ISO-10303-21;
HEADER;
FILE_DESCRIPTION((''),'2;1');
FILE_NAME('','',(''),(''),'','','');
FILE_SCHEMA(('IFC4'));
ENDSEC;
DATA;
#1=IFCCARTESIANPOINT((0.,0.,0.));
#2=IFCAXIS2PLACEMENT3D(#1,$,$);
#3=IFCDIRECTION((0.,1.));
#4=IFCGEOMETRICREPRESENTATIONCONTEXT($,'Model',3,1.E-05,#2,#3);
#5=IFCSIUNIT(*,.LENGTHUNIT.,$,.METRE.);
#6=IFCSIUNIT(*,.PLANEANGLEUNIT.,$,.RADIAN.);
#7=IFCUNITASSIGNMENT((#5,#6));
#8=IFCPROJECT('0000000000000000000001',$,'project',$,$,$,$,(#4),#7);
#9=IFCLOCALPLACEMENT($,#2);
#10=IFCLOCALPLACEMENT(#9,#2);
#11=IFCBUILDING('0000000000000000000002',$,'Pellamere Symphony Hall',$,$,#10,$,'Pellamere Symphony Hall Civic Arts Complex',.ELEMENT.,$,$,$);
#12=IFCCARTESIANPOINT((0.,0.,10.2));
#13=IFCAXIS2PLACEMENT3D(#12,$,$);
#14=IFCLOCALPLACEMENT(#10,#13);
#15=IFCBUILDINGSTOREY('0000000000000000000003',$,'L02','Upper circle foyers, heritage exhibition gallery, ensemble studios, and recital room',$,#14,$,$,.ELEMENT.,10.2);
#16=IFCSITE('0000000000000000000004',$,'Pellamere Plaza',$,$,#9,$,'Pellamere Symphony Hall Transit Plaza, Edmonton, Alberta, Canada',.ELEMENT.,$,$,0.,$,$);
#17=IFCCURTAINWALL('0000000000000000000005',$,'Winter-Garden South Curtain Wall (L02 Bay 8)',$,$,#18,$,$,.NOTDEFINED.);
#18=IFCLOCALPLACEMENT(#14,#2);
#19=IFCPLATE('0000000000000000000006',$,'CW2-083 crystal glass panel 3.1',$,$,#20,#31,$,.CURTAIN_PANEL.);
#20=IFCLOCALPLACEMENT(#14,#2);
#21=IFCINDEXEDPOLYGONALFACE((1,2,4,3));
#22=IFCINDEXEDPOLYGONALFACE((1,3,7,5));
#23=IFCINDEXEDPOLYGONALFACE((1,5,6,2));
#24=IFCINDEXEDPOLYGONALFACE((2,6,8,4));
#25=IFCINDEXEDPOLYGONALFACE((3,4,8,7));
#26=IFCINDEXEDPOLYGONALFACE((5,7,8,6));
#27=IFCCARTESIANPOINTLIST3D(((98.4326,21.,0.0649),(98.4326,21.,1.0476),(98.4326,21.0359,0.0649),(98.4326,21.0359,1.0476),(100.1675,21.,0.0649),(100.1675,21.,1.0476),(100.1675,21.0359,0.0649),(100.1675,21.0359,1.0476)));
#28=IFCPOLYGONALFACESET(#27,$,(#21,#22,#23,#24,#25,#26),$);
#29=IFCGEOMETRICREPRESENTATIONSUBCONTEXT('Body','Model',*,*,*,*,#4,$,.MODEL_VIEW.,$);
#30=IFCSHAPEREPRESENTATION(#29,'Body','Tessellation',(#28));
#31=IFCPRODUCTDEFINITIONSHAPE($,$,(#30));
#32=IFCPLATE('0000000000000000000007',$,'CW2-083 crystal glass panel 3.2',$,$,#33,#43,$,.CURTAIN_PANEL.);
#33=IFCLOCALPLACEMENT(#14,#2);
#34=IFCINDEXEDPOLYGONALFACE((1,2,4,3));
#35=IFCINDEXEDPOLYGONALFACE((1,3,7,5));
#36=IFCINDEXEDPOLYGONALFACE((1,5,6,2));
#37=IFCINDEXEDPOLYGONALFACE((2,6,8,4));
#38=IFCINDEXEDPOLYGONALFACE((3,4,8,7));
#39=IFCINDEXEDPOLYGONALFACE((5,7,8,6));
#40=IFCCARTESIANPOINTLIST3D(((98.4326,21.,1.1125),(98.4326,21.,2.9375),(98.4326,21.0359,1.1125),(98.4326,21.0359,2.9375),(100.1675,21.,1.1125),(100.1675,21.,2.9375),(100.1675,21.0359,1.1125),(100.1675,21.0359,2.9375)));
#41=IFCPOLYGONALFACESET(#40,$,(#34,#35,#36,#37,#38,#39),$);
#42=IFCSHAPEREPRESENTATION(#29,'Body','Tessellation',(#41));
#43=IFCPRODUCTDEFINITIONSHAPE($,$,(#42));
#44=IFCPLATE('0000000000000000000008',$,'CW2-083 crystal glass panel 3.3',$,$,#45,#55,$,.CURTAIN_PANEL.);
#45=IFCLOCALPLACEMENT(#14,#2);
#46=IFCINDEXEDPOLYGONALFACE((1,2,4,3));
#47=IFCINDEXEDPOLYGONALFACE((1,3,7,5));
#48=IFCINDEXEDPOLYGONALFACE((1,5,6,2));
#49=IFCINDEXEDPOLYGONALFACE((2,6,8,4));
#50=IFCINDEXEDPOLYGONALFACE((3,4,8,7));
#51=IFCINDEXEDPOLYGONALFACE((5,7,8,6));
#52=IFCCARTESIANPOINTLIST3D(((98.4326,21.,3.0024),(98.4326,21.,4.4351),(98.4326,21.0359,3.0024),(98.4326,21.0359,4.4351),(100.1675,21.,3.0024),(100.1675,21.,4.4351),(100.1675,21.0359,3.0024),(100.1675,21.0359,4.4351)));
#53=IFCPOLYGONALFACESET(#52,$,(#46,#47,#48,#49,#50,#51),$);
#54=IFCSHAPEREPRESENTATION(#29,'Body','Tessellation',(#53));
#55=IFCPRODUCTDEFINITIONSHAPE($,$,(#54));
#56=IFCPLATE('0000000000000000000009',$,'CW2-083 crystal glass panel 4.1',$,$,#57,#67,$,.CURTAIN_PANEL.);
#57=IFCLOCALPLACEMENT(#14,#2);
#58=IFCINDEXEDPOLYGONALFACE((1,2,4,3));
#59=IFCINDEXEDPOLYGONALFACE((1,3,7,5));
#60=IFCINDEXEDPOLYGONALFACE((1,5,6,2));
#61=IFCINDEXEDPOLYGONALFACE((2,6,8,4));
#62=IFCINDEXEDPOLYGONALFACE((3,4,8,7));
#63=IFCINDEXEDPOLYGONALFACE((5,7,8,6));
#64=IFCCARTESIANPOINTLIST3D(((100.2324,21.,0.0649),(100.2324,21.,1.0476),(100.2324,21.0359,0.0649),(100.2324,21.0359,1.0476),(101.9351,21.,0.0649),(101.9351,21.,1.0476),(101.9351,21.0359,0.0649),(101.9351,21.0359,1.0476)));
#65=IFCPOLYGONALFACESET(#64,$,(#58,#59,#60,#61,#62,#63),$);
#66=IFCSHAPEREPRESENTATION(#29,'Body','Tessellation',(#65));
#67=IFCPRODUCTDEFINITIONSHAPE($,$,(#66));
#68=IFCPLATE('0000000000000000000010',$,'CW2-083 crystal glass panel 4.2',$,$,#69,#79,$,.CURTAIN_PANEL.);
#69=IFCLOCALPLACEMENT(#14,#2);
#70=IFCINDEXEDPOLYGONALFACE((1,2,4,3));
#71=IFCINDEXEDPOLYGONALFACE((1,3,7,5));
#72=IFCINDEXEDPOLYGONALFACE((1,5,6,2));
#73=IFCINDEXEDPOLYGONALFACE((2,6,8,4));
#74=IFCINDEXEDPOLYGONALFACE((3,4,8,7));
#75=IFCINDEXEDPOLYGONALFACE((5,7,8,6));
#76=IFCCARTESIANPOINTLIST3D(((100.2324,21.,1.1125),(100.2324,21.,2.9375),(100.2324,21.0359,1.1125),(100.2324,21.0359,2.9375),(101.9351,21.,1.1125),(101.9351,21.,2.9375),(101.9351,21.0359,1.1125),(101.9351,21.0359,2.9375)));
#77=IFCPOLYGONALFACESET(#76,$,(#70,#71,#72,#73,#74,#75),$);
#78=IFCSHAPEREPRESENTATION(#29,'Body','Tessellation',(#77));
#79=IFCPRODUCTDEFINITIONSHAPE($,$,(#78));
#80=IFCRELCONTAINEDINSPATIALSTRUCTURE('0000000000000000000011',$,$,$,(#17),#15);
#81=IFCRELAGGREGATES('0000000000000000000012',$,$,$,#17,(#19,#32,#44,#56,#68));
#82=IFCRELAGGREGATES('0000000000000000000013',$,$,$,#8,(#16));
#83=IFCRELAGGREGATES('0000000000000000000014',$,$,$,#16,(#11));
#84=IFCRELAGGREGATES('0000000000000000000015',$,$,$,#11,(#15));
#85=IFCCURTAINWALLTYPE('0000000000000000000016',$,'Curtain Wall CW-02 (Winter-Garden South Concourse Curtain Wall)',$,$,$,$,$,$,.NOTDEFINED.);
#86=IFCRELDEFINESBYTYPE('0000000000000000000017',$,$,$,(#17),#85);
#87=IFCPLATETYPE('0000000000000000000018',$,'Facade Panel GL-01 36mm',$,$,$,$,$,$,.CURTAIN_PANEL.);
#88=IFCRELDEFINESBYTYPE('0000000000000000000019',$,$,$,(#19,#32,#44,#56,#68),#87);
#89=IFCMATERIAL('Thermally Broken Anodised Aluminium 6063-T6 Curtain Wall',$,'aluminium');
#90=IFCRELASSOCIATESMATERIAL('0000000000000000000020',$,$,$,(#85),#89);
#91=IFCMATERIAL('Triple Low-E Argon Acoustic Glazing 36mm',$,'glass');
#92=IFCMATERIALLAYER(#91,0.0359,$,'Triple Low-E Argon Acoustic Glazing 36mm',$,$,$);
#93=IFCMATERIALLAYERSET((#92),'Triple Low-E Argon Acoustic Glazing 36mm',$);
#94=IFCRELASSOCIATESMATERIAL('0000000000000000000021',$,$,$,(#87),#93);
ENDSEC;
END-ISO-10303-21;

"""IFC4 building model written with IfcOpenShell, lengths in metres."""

from ifc_helpers import new_model, si_unit, direction, frame, origin, place, context, subcontext, project, spatial, polyline, outline, extrude, material, layer, layer_set, type_object, element, aggregate, save


model = new_model("IFC4")

# Units and contexts
model_context = context("Model", 3, precision=1e-05, world=origin(), true_north=direction((0.0, 1.0)))
body_context = subcontext(model_context, "Body", "Model", "MODEL_VIEW")
ifc_project = project(units=[si_unit("LENGTHUNIT", "METRE"), si_unit("PLANEANGLEUNIT", "RADIAN")], contexts=[model_context])

# Site, building, storey
site_placement = place(None, origin())
site = spatial("IfcSite", under=ifc_project, at=site_placement, Name="Pellamere Plaza", LongName="Pellamere Symphony Hall Transit Plaza, Edmonton, Alberta, Canada", CompositionType="ELEMENT", RefElevation=0.0)
building_placement = place(site_placement, origin())
building = spatial("IfcBuilding", under=site, at=building_placement, Name="Pellamere Symphony Hall", LongName="Pellamere Symphony Hall Civic Arts Complex", CompositionType="ELEMENT")
storey_placement = place(building_placement, frame((0.0, 0.0, 10.2)))
storey = spatial("IfcBuildingStorey", under=building, at=storey_placement, Name="L02", Description="Upper circle foyers, heritage exhibition gallery, ensemble studios, and recital room", CompositionType="ELEMENT", Elevation=10.2)

# Shared definitions
ifc_material_1 = material(Name="Thermally Broken Anodised Aluminium 6063-T6 Curtain Wall", Category="aluminium")
curtain_wall_type = type_object("IfcCurtainWallType", Name="Curtain Wall CW-02 (Winter-Garden South Concourse Curtain Wall)", PredefinedType="NOTDEFINED", material=ifc_material_1)

# Curtain wall
curtain_wall_1_placement = place(storey_placement, origin())
curtain_wall_1 = element("IfcCurtainWall", 1, at=curtain_wall_1_placement, inside=storey, type_object=curtain_wall_type, Name="Winter-Garden South Curtain Wall (L02 Bay 8)", PredefinedType="NOTDEFINED")

# Plates
ifc_material_2 = material(Name="Triple Low-E Argon Acoustic Glazing 36mm", Category="glass")
ifc_layer = layer(ifc_material_2, 0.0359, Name="Triple Low-E Argon Acoustic Glazing 36mm")
ifc_layer_set = layer_set([ifc_layer], Name="Triple Low-E Argon Acoustic Glazing 36mm")
plate_type = type_object("IfcPlateType", Name="Facade Panel GL-01 36mm", PredefinedType="CURTAIN_PANEL", material=ifc_layer_set)
plate_1_placement = place(storey_placement, frame((98.4326, 21.0, 0.0649), z_axis=(0.0, -1.0, 0.0), x_axis=(1.0, 0.0, 0.0)))
plate_1 = element("IfcPlate", 2, at=plate_1_placement, type_object=plate_type, Name="CW2-083 crystal glass panel 3.1", PredefinedType="CURTAIN_PANEL", context=body_context, shape_type="SweptSolid", body=[
    extrude(outline(polyline([(0.0, 0.0), (1.7349, 0.0), (1.7349, 0.9827), (0.0, 0.9827), (0.0, 0.0)])), origin(), (0.0, 0.0, -1.0), 0.0359),
])
plate_2_placement = place(storey_placement, frame((98.4326, 21.0, 1.1125), z_axis=(0.0, -1.0, 0.0), x_axis=(1.0, 0.0, 0.0)))
plate_2 = element("IfcPlate", 3, at=plate_2_placement, type_object=plate_type, Name="CW2-083 crystal glass panel 3.2", PredefinedType="CURTAIN_PANEL", context=body_context, shape_type="SweptSolid", body=[
    extrude(outline(polyline([(0.0, 0.0), (1.7349, 0.0), (1.7349, 1.825), (0.0, 1.825), (0.0, 0.0)])), origin(), (0.0, 0.0, -1.0), 0.0359),
])
plate_3_placement = place(storey_placement, frame((98.4326, 21.0, 3.0024), z_axis=(0.0, -1.0, 0.0), x_axis=(1.0, 0.0, 0.0)))
plate_3 = element("IfcPlate", 4, at=plate_3_placement, type_object=plate_type, Name="CW2-083 crystal glass panel 3.3", PredefinedType="CURTAIN_PANEL", context=body_context, shape_type="SweptSolid", body=[
    extrude(outline(polyline([(0.0, 0.0), (1.7349, 0.0), (1.7349, 1.4326), (0.0, 1.4326), (0.0, 0.0)])), origin(), (0.0, 0.0, -1.0), 0.0359),
])
plate_4_placement = place(storey_placement, frame((100.2324, 21.0, 0.0649), z_axis=(0.0, -1.0, 0.0), x_axis=(1.0, 0.0, 0.0)))
plate_4 = element("IfcPlate", 5, at=plate_4_placement, type_object=plate_type, Name="CW2-083 crystal glass panel 4.1", PredefinedType="CURTAIN_PANEL", context=body_context, shape_type="SweptSolid", body=[
    extrude(outline(polyline([(0.0, 0.0), (1.7026, 0.0), (1.7026, 0.9827), (0.0, 0.9827), (0.0, 0.0)])), origin(), (0.0, 0.0, -1.0), 0.0359),
])
plate_5_placement = place(storey_placement, frame((100.2324, 21.0, 1.1125), z_axis=(0.0, -1.0, 0.0), x_axis=(1.0, 0.0, 0.0)))
plate_5 = element("IfcPlate", 6, at=plate_5_placement, type_object=plate_type, Name="CW2-083 crystal glass panel 4.2", PredefinedType="CURTAIN_PANEL", context=body_context, shape_type="SweptSolid", body=[
    extrude(outline(polyline([(0.0, 0.0), (1.7026, 0.0), (1.7026, 1.825), (0.0, 1.825), (0.0, 0.0)])), origin(), (0.0, 0.0, -1.0), 0.0359),
])
aggregate(curtain_wall_1, [plate_1, plate_2, plate_3, plate_4, plate_5])

save(model, "model.ifc")
